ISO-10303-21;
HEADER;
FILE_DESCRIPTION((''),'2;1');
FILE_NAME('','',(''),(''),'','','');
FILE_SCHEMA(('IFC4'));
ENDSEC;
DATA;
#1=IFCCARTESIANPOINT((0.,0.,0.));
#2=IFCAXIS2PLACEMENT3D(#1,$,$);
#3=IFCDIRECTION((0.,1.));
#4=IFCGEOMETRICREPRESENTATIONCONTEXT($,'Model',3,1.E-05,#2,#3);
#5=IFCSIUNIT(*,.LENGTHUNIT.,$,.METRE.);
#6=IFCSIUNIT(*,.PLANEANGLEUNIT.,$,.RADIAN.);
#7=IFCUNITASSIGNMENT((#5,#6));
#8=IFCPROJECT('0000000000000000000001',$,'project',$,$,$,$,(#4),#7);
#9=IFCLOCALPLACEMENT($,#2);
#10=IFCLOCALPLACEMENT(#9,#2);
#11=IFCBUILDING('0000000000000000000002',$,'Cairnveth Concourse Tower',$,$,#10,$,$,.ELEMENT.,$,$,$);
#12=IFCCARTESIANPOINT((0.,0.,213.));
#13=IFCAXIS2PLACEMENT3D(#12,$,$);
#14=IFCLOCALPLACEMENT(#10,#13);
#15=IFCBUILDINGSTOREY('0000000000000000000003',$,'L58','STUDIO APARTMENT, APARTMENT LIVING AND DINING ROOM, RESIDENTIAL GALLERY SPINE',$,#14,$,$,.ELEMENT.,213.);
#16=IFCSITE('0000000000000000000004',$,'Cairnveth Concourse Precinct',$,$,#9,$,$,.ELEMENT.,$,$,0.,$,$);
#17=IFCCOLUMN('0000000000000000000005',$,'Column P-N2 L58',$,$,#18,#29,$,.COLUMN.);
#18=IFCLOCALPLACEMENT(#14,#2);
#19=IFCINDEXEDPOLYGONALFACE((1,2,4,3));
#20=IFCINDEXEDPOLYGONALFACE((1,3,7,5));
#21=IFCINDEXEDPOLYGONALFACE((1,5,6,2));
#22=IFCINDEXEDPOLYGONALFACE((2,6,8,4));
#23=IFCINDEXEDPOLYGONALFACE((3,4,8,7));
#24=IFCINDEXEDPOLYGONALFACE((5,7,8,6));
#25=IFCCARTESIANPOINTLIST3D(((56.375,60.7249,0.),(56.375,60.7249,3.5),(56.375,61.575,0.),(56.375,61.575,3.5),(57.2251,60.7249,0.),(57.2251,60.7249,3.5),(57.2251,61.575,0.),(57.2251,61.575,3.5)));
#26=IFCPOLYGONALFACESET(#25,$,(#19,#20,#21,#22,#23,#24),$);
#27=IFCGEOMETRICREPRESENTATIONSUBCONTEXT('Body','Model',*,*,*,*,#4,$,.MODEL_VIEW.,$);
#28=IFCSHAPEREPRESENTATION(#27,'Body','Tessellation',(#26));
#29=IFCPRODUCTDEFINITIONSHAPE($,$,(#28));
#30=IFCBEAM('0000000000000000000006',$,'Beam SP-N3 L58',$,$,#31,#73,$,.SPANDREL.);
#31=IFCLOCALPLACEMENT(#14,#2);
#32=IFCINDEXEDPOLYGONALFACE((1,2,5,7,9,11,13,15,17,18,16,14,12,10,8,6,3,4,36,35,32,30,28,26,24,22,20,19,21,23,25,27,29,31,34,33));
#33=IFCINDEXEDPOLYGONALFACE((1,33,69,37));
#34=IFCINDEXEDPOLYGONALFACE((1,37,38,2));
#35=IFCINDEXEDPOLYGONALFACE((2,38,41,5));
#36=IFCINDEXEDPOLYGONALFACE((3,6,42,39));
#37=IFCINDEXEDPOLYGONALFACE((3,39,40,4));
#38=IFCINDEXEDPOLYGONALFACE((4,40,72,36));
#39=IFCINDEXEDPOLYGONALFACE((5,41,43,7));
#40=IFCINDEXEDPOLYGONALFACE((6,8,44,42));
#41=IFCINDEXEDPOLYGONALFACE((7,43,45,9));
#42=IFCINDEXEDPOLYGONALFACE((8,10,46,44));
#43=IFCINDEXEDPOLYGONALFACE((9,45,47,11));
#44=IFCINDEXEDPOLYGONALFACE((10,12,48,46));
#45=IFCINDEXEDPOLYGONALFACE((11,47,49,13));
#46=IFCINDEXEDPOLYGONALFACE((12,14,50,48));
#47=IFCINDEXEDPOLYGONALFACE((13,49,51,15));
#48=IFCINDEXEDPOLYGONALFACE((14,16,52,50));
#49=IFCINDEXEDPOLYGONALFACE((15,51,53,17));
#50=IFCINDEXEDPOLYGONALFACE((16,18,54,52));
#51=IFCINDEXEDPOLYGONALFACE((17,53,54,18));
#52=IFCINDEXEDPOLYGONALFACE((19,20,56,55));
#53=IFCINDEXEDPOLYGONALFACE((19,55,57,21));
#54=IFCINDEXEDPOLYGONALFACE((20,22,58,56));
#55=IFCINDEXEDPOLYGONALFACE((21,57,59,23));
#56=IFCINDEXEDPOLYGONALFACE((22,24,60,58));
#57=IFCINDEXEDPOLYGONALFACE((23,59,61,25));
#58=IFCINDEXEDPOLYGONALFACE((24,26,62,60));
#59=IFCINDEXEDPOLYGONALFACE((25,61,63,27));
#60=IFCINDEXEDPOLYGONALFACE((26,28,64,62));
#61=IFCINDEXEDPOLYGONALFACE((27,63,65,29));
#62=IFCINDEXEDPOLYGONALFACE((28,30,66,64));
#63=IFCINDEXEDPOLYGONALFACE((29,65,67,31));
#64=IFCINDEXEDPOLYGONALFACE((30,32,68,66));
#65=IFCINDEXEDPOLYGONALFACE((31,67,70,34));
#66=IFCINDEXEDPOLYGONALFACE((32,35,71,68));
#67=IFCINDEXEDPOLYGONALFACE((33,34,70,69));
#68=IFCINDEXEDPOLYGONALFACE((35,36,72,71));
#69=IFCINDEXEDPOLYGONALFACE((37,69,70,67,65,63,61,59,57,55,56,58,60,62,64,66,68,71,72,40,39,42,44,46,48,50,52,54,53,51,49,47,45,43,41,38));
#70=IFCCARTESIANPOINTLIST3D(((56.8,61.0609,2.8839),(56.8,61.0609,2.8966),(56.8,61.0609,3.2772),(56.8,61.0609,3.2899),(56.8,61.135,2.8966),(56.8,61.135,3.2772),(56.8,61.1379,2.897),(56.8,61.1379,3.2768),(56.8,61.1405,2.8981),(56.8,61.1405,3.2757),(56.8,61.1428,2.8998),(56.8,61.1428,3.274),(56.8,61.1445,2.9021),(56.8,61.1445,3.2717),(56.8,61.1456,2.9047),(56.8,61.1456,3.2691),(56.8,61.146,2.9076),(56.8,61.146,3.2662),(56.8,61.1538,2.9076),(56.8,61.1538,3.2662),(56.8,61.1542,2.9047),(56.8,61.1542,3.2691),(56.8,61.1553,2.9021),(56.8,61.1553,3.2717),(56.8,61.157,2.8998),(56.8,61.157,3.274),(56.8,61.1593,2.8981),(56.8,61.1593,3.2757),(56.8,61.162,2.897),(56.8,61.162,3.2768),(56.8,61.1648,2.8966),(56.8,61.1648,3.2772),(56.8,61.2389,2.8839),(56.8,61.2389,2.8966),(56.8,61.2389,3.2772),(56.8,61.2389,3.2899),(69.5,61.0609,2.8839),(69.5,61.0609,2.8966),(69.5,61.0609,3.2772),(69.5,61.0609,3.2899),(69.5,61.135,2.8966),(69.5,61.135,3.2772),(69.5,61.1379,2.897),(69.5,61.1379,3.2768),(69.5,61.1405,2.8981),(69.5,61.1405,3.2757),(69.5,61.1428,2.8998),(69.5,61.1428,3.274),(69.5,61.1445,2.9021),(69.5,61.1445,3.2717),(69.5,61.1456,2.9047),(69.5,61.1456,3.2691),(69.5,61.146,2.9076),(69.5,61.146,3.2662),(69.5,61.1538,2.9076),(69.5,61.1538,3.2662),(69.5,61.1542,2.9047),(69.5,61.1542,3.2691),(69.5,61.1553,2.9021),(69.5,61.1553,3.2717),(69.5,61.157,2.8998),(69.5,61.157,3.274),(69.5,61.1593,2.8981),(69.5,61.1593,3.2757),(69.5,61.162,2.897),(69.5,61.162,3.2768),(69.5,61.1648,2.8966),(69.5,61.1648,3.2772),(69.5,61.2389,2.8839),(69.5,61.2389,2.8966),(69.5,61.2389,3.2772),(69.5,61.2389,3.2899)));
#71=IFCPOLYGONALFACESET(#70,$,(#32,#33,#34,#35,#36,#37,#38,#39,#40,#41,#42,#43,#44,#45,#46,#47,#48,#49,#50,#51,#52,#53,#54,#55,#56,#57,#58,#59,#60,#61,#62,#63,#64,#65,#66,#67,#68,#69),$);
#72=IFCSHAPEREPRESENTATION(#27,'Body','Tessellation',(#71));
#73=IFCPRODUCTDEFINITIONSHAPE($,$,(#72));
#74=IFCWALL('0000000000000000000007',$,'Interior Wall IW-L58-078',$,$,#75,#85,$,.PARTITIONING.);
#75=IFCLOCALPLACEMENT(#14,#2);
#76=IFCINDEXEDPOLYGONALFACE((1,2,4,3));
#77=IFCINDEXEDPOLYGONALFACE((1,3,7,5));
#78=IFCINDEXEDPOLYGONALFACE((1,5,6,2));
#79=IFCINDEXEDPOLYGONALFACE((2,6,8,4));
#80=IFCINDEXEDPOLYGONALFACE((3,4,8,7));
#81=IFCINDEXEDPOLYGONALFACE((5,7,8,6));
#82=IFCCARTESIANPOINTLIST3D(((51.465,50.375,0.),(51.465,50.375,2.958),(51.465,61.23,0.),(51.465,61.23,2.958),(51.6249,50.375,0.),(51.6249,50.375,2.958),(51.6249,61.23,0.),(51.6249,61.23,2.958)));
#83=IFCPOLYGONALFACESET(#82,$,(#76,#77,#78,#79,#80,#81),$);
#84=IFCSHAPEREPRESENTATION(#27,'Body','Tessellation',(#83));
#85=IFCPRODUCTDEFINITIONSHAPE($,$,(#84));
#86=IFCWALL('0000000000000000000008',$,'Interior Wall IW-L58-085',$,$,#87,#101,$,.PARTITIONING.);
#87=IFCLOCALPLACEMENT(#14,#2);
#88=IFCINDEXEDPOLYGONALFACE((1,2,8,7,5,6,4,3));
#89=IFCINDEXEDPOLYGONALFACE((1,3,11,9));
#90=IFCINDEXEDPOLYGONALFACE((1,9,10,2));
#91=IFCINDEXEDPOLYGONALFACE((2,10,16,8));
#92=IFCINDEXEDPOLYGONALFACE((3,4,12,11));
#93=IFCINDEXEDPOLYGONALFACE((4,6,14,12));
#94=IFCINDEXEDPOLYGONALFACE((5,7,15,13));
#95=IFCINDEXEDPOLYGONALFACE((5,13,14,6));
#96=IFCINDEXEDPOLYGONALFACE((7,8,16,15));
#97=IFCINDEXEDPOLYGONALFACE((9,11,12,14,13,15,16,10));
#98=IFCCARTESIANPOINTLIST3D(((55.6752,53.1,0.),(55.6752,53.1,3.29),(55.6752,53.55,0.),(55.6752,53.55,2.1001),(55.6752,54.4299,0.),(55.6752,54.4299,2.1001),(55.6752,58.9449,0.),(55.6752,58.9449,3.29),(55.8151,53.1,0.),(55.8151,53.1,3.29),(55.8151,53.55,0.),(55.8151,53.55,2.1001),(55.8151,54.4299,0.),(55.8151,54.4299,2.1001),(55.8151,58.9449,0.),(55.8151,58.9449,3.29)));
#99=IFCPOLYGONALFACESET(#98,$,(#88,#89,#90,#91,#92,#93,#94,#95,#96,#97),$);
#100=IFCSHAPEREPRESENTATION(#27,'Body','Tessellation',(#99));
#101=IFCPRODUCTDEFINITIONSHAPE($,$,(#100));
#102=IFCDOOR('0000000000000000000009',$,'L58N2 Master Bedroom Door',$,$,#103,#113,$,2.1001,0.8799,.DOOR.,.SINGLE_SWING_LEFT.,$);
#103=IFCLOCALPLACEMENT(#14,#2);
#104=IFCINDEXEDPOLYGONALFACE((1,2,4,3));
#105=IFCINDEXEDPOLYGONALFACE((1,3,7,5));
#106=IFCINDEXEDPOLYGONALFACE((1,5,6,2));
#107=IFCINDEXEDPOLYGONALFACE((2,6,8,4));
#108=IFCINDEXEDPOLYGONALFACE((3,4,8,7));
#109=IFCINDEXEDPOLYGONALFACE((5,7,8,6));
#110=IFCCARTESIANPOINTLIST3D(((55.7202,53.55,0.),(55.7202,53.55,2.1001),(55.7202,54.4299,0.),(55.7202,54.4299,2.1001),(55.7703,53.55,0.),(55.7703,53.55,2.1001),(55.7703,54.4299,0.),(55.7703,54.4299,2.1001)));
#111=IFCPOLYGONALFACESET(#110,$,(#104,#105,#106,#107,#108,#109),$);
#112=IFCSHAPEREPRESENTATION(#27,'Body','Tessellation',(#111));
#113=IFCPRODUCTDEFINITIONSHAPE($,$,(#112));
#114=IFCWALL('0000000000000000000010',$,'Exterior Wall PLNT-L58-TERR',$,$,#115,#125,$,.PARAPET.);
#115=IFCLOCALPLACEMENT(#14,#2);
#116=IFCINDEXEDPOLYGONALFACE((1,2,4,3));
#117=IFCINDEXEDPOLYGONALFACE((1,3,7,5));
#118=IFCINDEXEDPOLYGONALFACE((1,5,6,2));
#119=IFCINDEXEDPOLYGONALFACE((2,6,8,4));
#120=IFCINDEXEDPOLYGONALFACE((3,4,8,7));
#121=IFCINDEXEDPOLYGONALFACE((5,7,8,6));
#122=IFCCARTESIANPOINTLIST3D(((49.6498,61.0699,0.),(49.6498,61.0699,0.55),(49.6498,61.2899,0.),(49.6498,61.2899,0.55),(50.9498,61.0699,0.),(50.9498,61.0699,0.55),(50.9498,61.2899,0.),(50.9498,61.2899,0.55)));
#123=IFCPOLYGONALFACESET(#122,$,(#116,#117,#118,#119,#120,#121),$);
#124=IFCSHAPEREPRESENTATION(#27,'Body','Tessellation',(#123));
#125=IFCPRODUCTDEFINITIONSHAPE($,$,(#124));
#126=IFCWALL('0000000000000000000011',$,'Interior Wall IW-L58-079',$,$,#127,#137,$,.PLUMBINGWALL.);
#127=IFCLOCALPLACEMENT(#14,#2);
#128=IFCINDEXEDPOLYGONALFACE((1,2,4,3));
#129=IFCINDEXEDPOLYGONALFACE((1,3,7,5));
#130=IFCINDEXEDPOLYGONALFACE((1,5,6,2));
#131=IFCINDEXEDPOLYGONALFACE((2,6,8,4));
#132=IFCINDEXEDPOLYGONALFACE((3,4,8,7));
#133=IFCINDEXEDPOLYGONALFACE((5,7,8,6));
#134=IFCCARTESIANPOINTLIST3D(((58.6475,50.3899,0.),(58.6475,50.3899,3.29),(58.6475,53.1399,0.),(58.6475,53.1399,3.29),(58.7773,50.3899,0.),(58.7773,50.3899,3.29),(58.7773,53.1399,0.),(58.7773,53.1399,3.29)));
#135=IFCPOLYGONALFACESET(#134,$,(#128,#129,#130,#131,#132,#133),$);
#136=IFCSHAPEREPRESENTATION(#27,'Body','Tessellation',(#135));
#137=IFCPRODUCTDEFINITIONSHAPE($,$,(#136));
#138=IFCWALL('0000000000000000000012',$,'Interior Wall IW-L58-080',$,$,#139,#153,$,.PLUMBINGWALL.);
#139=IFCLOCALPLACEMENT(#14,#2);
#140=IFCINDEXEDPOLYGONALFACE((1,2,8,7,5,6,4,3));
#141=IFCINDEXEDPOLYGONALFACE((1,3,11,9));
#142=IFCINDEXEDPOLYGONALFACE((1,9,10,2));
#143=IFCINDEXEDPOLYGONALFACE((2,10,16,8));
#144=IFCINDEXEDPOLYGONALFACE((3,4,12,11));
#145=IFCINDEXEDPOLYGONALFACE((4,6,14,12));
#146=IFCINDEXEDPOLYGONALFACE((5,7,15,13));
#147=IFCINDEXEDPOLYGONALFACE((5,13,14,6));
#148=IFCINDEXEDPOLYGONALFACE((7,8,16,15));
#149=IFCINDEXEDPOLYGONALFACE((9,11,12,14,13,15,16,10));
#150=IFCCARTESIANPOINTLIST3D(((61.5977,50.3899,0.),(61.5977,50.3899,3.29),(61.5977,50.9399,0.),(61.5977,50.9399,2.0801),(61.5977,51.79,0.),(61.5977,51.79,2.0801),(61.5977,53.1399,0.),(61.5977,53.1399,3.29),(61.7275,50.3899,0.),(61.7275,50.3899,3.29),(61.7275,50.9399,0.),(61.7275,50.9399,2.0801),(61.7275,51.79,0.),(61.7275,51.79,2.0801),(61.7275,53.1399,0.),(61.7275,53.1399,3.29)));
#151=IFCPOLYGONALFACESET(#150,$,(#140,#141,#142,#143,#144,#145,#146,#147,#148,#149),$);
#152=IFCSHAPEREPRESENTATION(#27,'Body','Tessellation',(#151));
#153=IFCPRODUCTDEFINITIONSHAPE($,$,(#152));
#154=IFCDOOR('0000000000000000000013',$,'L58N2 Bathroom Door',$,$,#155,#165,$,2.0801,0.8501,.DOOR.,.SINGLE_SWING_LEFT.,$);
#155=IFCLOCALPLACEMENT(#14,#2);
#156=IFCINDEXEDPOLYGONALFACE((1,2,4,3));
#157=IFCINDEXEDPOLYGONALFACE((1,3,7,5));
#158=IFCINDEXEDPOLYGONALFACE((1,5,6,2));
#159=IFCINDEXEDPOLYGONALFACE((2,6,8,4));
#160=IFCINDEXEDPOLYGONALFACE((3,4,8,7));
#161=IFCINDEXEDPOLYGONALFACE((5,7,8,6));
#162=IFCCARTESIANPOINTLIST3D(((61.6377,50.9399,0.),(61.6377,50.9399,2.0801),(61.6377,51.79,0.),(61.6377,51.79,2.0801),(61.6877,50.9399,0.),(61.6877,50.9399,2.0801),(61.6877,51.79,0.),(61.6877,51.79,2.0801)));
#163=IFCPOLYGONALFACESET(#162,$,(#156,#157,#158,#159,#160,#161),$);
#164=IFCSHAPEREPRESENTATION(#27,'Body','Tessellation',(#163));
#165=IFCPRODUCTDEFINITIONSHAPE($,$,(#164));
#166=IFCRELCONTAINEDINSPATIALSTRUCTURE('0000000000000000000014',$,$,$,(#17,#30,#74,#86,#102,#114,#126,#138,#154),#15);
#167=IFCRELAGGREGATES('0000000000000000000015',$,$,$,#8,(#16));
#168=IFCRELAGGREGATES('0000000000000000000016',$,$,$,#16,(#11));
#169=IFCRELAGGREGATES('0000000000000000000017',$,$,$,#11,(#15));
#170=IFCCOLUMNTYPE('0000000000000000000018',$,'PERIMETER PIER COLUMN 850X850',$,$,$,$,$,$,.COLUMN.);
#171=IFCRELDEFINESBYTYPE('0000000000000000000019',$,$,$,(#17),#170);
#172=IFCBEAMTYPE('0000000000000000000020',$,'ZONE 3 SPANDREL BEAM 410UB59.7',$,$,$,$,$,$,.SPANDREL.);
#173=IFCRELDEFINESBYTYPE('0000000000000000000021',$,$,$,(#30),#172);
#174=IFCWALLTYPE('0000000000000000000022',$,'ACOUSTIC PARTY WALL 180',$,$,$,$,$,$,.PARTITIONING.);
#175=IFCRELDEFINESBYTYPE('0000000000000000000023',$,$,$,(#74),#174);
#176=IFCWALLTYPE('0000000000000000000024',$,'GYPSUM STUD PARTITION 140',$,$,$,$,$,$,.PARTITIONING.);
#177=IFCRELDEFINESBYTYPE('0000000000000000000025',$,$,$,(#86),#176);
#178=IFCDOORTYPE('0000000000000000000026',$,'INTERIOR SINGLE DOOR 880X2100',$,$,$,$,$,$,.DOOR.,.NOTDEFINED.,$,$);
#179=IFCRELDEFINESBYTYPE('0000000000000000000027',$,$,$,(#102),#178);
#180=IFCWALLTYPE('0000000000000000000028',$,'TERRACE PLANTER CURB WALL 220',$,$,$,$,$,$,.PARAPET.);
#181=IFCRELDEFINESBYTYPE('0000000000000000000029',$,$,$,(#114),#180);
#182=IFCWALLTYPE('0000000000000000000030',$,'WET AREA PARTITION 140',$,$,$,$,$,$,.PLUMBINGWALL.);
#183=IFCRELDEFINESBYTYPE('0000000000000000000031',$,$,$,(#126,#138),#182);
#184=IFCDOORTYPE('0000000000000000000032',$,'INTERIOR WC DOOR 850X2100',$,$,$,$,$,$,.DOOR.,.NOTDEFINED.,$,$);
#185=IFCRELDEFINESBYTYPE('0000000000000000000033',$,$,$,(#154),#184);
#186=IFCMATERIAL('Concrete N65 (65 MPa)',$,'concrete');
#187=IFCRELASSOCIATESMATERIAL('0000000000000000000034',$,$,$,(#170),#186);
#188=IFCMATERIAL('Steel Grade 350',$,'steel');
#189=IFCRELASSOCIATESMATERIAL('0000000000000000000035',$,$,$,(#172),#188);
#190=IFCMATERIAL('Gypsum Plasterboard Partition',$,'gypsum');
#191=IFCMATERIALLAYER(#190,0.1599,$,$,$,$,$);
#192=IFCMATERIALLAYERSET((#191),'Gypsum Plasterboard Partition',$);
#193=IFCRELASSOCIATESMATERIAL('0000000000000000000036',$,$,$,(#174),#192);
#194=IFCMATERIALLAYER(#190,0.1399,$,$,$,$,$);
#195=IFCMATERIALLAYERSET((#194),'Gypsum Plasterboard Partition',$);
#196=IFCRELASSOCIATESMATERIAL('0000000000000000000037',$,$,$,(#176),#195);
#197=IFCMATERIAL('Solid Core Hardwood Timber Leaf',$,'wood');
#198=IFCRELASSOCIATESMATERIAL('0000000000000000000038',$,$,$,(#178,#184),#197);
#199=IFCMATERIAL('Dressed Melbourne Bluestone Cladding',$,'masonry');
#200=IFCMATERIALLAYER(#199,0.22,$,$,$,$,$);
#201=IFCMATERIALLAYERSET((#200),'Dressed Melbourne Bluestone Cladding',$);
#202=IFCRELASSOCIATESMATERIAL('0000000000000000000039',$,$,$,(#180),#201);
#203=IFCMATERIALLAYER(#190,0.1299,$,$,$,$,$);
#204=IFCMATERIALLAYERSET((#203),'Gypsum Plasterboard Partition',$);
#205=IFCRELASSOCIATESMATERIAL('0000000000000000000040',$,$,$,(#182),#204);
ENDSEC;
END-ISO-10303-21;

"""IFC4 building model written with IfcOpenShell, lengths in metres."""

from ifc_helpers import new_model, si_unit, direction, frame, frame_2d, origin, origin_2d, place, context, subcontext, project, spatial, rectangle, i_section, extrude, material, layer, layer_set, material_profile, profile_set, type_object, element, fill, save


model = new_model("IFC4")

# Units and contexts
model_context = context("Model", 3, precision=1e-05, world=origin(), true_north=direction((0.0, 1.0)))
body_context = subcontext(model_context, "Body", "Model", "MODEL_VIEW")
ifc_project = project(units=[si_unit("LENGTHUNIT", "METRE"), si_unit("PLANEANGLEUNIT", "RADIAN")], contexts=[model_context])

# Site, building, storey
site_placement = place(None, origin())
site = spatial("IfcSite", under=ifc_project, at=site_placement, Name="Cairnveth Concourse Precinct", CompositionType="ELEMENT", RefElevation=0.0)
building_placement = place(site_placement, origin())
building = spatial("IfcBuilding", under=site, at=building_placement, Name="Cairnveth Concourse Tower", CompositionType="ELEMENT")
storey_placement = place(building_placement, frame((0.0, 0.0, 213.0)))
storey = spatial("IfcBuildingStorey", under=building, at=storey_placement, Name="L58", Description="STUDIO APARTMENT, APARTMENT LIVING AND DINING ROOM, RESIDENTIAL GALLERY SPINE", CompositionType="ELEMENT", Elevation=213.0)

# Column
ifc_material_1 = material(Name="Concrete N65 (65 MPa)", Category="concrete")
ifc_material_profile_1 = material_profile(ifc_material_1, rectangle(XDim=0.8501, YDim=0.8501, at=origin_2d()), Name="RC-COL-850x850")
ifc_profile_set_1 = profile_set([ifc_material_profile_1], Name="Concrete N65 (65 MPa)")
column_type = type_object("IfcColumnType", Name="PERIMETER PIER COLUMN 850X850", PredefinedType="COLUMN", material=ifc_profile_set_1)
column_placement = place(storey_placement, frame((56.8, 61.1499, 0.0), z_axis=(0.0, 0.0, 1.0), x_axis=(1.0, 0.0, 0.0)))
element("IfcColumn", 1, at=column_placement, inside=storey, type_object=column_type, Name="Column P-N2 L58", PredefinedType="COLUMN", context=body_context, shape_type="SweptSolid", body=[
    extrude(rectangle(XDim=0.8501, YDim=0.8501, at=origin_2d()), origin(), (0.0, 0.0, 1.0), 3.5),
])

# Beam
ifc_material_2 = material(Name="Steel Grade 350", Category="steel")
ifc_material_profile_2 = material_profile(ifc_material_2, i_section(OverallWidth=0.178, OverallDepth=0.406, WebThickness=0.0078, FlangeThickness=0.0127, FilletRadius=0.011, at=origin_2d()), Name="410UB59.7")
ifc_profile_set_2 = profile_set([ifc_material_profile_2], Name="Steel Grade 350")
beam_type = type_object("IfcBeamType", Name="ZONE 3 SPANDREL BEAM 410UB59.7", PredefinedType="SPANDREL", material=ifc_profile_set_2)
beam_placement = place(storey_placement, frame((56.8, 61.1499, 3.0869), z_axis=(1.0, 0.0, 0.0), x_axis=(0.0, 1.0, 0.0)))
element("IfcBeam", 2, at=beam_placement, inside=storey, type_object=beam_type, Name="Beam SP-N3 L58", PredefinedType="SPANDREL", context=body_context, shape_type="SweptSolid", body=[
    extrude(i_section(OverallWidth=0.178, OverallDepth=0.406, WebThickness=0.0078, FlangeThickness=0.0127, FilletRadius=0.011, at=origin_2d()), origin(), (0.0, 0.0, 1.0), 12.7),
])

# Wall
ifc_material_3 = material(Name="Gypsum Plasterboard Partition", Category="gypsum")
ifc_layer_1 = layer(ifc_material_3, 0.1599)
ifc_layer_set_1 = layer_set([ifc_layer_1], Name="Gypsum Plasterboard Partition")
wall_type_1 = type_object("IfcWallType", Name="ACOUSTIC PARTY WALL 180", PredefinedType="PARTITIONING", material=ifc_layer_set_1)
wall_1_placement = place(storey_placement, frame((51.5449, 50.375, 0.0), z_axis=(0.0, 0.0, 1.0), x_axis=(0.0, 1.0, 0.0)))
element("IfcWall", 3, at=wall_1_placement, inside=storey, type_object=wall_type_1, Name="Interior Wall IW-L58-078", PredefinedType="PARTITIONING", context=body_context, shape_type="SweptSolid", body=[
    extrude(rectangle(XDim=10.855, YDim=0.1599, at=frame_2d((5.4275, 0.0))), origin(), (0.0, 0.0, 1.0), 2.958),
])

# Wall, opening, door
ifc_layer_2 = layer(ifc_material_3, 0.1399)
ifc_layer_set_2 = layer_set([ifc_layer_2], Name="Gypsum Plasterboard Partition")
wall_type_2 = type_object("IfcWallType", Name="GYPSUM STUD PARTITION 140", PredefinedType="PARTITIONING", material=ifc_layer_set_2)
wall_2_placement = place(storey_placement, frame((55.7451, 53.1001, 0.0), z_axis=(0.0, 0.0, 1.0), x_axis=(0.0, 1.0, 0.0)))
wall_2 = element("IfcWall", 4, at=wall_2_placement, inside=storey, type_object=wall_type_2, Name="Interior Wall IW-L58-085", PredefinedType="PARTITIONING", context=body_context, shape_type="SweptSolid", body=[
    extrude(rectangle(XDim=5.845, YDim=0.1399, at=frame_2d((2.9224, 0.0))), origin(), (0.0, 0.0, 1.0), 3.29),
])
opening_1_placement = place(wall_2_placement, frame((0.45, 0.0, 0.0)))
opening_1 = element("IfcOpeningElement", 5, at=opening_1_placement, cuts=wall_2, PredefinedType="OPENING", context=body_context, shape_type="SweptSolid", body=[
    extrude(rectangle(XDim=0.8799, YDim=2.1001, at=frame_2d((0.4399, 1.05))), frame((0.0, 0.0798, 0.0), z_axis=(0.0, -1.0, 0.0), x_axis=(1.0, 0.0, 0.0)), (0.0, 0.0, 1.0), 0.1599),
])
ifc_material_4 = material(Name="Solid Core Hardwood Timber Leaf", Category="wood")
door_type_1 = type_object("IfcDoorType", Name="INTERIOR SINGLE DOOR 880X2100", OperationType="NOTDEFINED", PredefinedType="DOOR", material=ifc_material_4)
door_1_placement = place(opening_1_placement, origin())
door_1 = element("IfcDoor", 6, at=door_1_placement, inside=storey, type_object=door_type_1, Name="L58N2 Master Bedroom Door", OperationType="SINGLE_SWING_LEFT", OverallHeight=2.1001, OverallWidth=0.8799, PredefinedType="DOOR", context=body_context, shape_type="SweptSolid", body=[
    extrude(rectangle(XDim=0.8799, YDim=2.1001, at=frame_2d((0.4399, 1.05))), frame((0.0, 0.0249, 0.0), z_axis=(0.0, -1.0, 0.0), x_axis=(1.0, 0.0, 0.0)), (0.0, 0.0, 1.0), 0.05),
])
fill(opening_1, door_1)

# Walls
ifc_material_5 = material(Name="Dressed Melbourne Bluestone Cladding", Category="masonry")
ifc_layer_3 = layer(ifc_material_5, 0.22)
ifc_layer_set_3 = layer_set([ifc_layer_3], Name="Dressed Melbourne Bluestone Cladding")
wall_type_3 = type_object("IfcWallType", Name="TERRACE PLANTER CURB WALL 220", PredefinedType="PARAPET", material=ifc_layer_set_3)
wall_3_placement = place(storey_placement, frame((49.6499, 61.1799, 0.0), z_axis=(0.0, 0.0, 1.0), x_axis=(1.0, 0.0, 0.0)))
element("IfcWall", 7, at=wall_3_placement, inside=storey, type_object=wall_type_3, Name="Exterior Wall PLNT-L58-TERR", PredefinedType="PARAPET", context=body_context, shape_type="SweptSolid", body=[
    extrude(rectangle(XDim=1.3, YDim=0.22, at=frame_2d((0.6499, 0.0))), origin(), (0.0, 0.0, 1.0), 0.55),
])
ifc_layer_4 = layer(ifc_material_3, 0.1299)
ifc_layer_set_4 = layer_set([ifc_layer_4], Name="Gypsum Plasterboard Partition")
wall_type_4 = type_object("IfcWallType", Name="WET AREA PARTITION 140", PredefinedType="PLUMBINGWALL", material=ifc_layer_set_4)
wall_4_placement = place(storey_placement, frame((58.7124, 50.3899, 0.0), z_axis=(0.0, 0.0, 1.0), x_axis=(0.0, 1.0, 0.0)))
element("IfcWall", 8, at=wall_4_placement, inside=storey, type_object=wall_type_4, Name="Interior Wall IW-L58-079", PredefinedType="PLUMBINGWALL", context=body_context, shape_type="SweptSolid", body=[
    extrude(rectangle(XDim=2.75, YDim=0.1299, at=frame_2d((1.375, 0.0))), origin(), (0.0, 0.0, 1.0), 3.29),
])

# Wall, opening, door
wall_5_placement = place(storey_placement, frame((61.6626, 50.3899, 0.0), z_axis=(0.0, 0.0, 1.0), x_axis=(0.0, 1.0, 0.0)))
wall_5 = element("IfcWall", 9, at=wall_5_placement, inside=storey, type_object=wall_type_4, Name="Interior Wall IW-L58-080", PredefinedType="PLUMBINGWALL", context=body_context, shape_type="SweptSolid", body=[
    extrude(rectangle(XDim=2.75, YDim=0.1299, at=frame_2d((1.375, 0.0))), origin(), (0.0, 0.0, 1.0), 3.29),
])
opening_2_placement = place(wall_5_placement, frame((0.55, 0.0, 0.0)))
opening_2 = element("IfcOpeningElement", 10, at=opening_2_placement, cuts=wall_5, PredefinedType="OPENING", context=body_context, shape_type="SweptSolid", body=[
    extrude(rectangle(XDim=0.8501, YDim=2.0801, at=frame_2d((0.425, 1.04))), frame((0.0, 0.075, 0.0), z_axis=(0.0, -1.0, 0.0), x_axis=(1.0, 0.0, 0.0)), (0.0, 0.0, 1.0), 0.1499),
])
door_type_2 = type_object("IfcDoorType", Name="INTERIOR WC DOOR 850X2100", OperationType="NOTDEFINED", PredefinedType="DOOR", material=ifc_material_4)
door_2_placement = place(opening_2_placement, origin())
door_2 = element("IfcDoor", 11, at=door_2_placement, inside=storey, type_object=door_type_2, Name="L58N2 Bathroom Door", OperationType="SINGLE_SWING_LEFT", OverallHeight=2.0801, OverallWidth=0.8501, PredefinedType="DOOR", context=body_context, shape_type="SweptSolid", body=[
    extrude(rectangle(XDim=0.8501, YDim=2.0801, at=frame_2d((0.425, 1.04))), frame((0.0, 0.0249, 0.0), z_axis=(0.0, -1.0, 0.0), x_axis=(1.0, 0.0, 0.0)), (0.0, 0.0, 1.0), 0.05),
])
fill(opening_2, door_2)

save(model, "model.ifc")
